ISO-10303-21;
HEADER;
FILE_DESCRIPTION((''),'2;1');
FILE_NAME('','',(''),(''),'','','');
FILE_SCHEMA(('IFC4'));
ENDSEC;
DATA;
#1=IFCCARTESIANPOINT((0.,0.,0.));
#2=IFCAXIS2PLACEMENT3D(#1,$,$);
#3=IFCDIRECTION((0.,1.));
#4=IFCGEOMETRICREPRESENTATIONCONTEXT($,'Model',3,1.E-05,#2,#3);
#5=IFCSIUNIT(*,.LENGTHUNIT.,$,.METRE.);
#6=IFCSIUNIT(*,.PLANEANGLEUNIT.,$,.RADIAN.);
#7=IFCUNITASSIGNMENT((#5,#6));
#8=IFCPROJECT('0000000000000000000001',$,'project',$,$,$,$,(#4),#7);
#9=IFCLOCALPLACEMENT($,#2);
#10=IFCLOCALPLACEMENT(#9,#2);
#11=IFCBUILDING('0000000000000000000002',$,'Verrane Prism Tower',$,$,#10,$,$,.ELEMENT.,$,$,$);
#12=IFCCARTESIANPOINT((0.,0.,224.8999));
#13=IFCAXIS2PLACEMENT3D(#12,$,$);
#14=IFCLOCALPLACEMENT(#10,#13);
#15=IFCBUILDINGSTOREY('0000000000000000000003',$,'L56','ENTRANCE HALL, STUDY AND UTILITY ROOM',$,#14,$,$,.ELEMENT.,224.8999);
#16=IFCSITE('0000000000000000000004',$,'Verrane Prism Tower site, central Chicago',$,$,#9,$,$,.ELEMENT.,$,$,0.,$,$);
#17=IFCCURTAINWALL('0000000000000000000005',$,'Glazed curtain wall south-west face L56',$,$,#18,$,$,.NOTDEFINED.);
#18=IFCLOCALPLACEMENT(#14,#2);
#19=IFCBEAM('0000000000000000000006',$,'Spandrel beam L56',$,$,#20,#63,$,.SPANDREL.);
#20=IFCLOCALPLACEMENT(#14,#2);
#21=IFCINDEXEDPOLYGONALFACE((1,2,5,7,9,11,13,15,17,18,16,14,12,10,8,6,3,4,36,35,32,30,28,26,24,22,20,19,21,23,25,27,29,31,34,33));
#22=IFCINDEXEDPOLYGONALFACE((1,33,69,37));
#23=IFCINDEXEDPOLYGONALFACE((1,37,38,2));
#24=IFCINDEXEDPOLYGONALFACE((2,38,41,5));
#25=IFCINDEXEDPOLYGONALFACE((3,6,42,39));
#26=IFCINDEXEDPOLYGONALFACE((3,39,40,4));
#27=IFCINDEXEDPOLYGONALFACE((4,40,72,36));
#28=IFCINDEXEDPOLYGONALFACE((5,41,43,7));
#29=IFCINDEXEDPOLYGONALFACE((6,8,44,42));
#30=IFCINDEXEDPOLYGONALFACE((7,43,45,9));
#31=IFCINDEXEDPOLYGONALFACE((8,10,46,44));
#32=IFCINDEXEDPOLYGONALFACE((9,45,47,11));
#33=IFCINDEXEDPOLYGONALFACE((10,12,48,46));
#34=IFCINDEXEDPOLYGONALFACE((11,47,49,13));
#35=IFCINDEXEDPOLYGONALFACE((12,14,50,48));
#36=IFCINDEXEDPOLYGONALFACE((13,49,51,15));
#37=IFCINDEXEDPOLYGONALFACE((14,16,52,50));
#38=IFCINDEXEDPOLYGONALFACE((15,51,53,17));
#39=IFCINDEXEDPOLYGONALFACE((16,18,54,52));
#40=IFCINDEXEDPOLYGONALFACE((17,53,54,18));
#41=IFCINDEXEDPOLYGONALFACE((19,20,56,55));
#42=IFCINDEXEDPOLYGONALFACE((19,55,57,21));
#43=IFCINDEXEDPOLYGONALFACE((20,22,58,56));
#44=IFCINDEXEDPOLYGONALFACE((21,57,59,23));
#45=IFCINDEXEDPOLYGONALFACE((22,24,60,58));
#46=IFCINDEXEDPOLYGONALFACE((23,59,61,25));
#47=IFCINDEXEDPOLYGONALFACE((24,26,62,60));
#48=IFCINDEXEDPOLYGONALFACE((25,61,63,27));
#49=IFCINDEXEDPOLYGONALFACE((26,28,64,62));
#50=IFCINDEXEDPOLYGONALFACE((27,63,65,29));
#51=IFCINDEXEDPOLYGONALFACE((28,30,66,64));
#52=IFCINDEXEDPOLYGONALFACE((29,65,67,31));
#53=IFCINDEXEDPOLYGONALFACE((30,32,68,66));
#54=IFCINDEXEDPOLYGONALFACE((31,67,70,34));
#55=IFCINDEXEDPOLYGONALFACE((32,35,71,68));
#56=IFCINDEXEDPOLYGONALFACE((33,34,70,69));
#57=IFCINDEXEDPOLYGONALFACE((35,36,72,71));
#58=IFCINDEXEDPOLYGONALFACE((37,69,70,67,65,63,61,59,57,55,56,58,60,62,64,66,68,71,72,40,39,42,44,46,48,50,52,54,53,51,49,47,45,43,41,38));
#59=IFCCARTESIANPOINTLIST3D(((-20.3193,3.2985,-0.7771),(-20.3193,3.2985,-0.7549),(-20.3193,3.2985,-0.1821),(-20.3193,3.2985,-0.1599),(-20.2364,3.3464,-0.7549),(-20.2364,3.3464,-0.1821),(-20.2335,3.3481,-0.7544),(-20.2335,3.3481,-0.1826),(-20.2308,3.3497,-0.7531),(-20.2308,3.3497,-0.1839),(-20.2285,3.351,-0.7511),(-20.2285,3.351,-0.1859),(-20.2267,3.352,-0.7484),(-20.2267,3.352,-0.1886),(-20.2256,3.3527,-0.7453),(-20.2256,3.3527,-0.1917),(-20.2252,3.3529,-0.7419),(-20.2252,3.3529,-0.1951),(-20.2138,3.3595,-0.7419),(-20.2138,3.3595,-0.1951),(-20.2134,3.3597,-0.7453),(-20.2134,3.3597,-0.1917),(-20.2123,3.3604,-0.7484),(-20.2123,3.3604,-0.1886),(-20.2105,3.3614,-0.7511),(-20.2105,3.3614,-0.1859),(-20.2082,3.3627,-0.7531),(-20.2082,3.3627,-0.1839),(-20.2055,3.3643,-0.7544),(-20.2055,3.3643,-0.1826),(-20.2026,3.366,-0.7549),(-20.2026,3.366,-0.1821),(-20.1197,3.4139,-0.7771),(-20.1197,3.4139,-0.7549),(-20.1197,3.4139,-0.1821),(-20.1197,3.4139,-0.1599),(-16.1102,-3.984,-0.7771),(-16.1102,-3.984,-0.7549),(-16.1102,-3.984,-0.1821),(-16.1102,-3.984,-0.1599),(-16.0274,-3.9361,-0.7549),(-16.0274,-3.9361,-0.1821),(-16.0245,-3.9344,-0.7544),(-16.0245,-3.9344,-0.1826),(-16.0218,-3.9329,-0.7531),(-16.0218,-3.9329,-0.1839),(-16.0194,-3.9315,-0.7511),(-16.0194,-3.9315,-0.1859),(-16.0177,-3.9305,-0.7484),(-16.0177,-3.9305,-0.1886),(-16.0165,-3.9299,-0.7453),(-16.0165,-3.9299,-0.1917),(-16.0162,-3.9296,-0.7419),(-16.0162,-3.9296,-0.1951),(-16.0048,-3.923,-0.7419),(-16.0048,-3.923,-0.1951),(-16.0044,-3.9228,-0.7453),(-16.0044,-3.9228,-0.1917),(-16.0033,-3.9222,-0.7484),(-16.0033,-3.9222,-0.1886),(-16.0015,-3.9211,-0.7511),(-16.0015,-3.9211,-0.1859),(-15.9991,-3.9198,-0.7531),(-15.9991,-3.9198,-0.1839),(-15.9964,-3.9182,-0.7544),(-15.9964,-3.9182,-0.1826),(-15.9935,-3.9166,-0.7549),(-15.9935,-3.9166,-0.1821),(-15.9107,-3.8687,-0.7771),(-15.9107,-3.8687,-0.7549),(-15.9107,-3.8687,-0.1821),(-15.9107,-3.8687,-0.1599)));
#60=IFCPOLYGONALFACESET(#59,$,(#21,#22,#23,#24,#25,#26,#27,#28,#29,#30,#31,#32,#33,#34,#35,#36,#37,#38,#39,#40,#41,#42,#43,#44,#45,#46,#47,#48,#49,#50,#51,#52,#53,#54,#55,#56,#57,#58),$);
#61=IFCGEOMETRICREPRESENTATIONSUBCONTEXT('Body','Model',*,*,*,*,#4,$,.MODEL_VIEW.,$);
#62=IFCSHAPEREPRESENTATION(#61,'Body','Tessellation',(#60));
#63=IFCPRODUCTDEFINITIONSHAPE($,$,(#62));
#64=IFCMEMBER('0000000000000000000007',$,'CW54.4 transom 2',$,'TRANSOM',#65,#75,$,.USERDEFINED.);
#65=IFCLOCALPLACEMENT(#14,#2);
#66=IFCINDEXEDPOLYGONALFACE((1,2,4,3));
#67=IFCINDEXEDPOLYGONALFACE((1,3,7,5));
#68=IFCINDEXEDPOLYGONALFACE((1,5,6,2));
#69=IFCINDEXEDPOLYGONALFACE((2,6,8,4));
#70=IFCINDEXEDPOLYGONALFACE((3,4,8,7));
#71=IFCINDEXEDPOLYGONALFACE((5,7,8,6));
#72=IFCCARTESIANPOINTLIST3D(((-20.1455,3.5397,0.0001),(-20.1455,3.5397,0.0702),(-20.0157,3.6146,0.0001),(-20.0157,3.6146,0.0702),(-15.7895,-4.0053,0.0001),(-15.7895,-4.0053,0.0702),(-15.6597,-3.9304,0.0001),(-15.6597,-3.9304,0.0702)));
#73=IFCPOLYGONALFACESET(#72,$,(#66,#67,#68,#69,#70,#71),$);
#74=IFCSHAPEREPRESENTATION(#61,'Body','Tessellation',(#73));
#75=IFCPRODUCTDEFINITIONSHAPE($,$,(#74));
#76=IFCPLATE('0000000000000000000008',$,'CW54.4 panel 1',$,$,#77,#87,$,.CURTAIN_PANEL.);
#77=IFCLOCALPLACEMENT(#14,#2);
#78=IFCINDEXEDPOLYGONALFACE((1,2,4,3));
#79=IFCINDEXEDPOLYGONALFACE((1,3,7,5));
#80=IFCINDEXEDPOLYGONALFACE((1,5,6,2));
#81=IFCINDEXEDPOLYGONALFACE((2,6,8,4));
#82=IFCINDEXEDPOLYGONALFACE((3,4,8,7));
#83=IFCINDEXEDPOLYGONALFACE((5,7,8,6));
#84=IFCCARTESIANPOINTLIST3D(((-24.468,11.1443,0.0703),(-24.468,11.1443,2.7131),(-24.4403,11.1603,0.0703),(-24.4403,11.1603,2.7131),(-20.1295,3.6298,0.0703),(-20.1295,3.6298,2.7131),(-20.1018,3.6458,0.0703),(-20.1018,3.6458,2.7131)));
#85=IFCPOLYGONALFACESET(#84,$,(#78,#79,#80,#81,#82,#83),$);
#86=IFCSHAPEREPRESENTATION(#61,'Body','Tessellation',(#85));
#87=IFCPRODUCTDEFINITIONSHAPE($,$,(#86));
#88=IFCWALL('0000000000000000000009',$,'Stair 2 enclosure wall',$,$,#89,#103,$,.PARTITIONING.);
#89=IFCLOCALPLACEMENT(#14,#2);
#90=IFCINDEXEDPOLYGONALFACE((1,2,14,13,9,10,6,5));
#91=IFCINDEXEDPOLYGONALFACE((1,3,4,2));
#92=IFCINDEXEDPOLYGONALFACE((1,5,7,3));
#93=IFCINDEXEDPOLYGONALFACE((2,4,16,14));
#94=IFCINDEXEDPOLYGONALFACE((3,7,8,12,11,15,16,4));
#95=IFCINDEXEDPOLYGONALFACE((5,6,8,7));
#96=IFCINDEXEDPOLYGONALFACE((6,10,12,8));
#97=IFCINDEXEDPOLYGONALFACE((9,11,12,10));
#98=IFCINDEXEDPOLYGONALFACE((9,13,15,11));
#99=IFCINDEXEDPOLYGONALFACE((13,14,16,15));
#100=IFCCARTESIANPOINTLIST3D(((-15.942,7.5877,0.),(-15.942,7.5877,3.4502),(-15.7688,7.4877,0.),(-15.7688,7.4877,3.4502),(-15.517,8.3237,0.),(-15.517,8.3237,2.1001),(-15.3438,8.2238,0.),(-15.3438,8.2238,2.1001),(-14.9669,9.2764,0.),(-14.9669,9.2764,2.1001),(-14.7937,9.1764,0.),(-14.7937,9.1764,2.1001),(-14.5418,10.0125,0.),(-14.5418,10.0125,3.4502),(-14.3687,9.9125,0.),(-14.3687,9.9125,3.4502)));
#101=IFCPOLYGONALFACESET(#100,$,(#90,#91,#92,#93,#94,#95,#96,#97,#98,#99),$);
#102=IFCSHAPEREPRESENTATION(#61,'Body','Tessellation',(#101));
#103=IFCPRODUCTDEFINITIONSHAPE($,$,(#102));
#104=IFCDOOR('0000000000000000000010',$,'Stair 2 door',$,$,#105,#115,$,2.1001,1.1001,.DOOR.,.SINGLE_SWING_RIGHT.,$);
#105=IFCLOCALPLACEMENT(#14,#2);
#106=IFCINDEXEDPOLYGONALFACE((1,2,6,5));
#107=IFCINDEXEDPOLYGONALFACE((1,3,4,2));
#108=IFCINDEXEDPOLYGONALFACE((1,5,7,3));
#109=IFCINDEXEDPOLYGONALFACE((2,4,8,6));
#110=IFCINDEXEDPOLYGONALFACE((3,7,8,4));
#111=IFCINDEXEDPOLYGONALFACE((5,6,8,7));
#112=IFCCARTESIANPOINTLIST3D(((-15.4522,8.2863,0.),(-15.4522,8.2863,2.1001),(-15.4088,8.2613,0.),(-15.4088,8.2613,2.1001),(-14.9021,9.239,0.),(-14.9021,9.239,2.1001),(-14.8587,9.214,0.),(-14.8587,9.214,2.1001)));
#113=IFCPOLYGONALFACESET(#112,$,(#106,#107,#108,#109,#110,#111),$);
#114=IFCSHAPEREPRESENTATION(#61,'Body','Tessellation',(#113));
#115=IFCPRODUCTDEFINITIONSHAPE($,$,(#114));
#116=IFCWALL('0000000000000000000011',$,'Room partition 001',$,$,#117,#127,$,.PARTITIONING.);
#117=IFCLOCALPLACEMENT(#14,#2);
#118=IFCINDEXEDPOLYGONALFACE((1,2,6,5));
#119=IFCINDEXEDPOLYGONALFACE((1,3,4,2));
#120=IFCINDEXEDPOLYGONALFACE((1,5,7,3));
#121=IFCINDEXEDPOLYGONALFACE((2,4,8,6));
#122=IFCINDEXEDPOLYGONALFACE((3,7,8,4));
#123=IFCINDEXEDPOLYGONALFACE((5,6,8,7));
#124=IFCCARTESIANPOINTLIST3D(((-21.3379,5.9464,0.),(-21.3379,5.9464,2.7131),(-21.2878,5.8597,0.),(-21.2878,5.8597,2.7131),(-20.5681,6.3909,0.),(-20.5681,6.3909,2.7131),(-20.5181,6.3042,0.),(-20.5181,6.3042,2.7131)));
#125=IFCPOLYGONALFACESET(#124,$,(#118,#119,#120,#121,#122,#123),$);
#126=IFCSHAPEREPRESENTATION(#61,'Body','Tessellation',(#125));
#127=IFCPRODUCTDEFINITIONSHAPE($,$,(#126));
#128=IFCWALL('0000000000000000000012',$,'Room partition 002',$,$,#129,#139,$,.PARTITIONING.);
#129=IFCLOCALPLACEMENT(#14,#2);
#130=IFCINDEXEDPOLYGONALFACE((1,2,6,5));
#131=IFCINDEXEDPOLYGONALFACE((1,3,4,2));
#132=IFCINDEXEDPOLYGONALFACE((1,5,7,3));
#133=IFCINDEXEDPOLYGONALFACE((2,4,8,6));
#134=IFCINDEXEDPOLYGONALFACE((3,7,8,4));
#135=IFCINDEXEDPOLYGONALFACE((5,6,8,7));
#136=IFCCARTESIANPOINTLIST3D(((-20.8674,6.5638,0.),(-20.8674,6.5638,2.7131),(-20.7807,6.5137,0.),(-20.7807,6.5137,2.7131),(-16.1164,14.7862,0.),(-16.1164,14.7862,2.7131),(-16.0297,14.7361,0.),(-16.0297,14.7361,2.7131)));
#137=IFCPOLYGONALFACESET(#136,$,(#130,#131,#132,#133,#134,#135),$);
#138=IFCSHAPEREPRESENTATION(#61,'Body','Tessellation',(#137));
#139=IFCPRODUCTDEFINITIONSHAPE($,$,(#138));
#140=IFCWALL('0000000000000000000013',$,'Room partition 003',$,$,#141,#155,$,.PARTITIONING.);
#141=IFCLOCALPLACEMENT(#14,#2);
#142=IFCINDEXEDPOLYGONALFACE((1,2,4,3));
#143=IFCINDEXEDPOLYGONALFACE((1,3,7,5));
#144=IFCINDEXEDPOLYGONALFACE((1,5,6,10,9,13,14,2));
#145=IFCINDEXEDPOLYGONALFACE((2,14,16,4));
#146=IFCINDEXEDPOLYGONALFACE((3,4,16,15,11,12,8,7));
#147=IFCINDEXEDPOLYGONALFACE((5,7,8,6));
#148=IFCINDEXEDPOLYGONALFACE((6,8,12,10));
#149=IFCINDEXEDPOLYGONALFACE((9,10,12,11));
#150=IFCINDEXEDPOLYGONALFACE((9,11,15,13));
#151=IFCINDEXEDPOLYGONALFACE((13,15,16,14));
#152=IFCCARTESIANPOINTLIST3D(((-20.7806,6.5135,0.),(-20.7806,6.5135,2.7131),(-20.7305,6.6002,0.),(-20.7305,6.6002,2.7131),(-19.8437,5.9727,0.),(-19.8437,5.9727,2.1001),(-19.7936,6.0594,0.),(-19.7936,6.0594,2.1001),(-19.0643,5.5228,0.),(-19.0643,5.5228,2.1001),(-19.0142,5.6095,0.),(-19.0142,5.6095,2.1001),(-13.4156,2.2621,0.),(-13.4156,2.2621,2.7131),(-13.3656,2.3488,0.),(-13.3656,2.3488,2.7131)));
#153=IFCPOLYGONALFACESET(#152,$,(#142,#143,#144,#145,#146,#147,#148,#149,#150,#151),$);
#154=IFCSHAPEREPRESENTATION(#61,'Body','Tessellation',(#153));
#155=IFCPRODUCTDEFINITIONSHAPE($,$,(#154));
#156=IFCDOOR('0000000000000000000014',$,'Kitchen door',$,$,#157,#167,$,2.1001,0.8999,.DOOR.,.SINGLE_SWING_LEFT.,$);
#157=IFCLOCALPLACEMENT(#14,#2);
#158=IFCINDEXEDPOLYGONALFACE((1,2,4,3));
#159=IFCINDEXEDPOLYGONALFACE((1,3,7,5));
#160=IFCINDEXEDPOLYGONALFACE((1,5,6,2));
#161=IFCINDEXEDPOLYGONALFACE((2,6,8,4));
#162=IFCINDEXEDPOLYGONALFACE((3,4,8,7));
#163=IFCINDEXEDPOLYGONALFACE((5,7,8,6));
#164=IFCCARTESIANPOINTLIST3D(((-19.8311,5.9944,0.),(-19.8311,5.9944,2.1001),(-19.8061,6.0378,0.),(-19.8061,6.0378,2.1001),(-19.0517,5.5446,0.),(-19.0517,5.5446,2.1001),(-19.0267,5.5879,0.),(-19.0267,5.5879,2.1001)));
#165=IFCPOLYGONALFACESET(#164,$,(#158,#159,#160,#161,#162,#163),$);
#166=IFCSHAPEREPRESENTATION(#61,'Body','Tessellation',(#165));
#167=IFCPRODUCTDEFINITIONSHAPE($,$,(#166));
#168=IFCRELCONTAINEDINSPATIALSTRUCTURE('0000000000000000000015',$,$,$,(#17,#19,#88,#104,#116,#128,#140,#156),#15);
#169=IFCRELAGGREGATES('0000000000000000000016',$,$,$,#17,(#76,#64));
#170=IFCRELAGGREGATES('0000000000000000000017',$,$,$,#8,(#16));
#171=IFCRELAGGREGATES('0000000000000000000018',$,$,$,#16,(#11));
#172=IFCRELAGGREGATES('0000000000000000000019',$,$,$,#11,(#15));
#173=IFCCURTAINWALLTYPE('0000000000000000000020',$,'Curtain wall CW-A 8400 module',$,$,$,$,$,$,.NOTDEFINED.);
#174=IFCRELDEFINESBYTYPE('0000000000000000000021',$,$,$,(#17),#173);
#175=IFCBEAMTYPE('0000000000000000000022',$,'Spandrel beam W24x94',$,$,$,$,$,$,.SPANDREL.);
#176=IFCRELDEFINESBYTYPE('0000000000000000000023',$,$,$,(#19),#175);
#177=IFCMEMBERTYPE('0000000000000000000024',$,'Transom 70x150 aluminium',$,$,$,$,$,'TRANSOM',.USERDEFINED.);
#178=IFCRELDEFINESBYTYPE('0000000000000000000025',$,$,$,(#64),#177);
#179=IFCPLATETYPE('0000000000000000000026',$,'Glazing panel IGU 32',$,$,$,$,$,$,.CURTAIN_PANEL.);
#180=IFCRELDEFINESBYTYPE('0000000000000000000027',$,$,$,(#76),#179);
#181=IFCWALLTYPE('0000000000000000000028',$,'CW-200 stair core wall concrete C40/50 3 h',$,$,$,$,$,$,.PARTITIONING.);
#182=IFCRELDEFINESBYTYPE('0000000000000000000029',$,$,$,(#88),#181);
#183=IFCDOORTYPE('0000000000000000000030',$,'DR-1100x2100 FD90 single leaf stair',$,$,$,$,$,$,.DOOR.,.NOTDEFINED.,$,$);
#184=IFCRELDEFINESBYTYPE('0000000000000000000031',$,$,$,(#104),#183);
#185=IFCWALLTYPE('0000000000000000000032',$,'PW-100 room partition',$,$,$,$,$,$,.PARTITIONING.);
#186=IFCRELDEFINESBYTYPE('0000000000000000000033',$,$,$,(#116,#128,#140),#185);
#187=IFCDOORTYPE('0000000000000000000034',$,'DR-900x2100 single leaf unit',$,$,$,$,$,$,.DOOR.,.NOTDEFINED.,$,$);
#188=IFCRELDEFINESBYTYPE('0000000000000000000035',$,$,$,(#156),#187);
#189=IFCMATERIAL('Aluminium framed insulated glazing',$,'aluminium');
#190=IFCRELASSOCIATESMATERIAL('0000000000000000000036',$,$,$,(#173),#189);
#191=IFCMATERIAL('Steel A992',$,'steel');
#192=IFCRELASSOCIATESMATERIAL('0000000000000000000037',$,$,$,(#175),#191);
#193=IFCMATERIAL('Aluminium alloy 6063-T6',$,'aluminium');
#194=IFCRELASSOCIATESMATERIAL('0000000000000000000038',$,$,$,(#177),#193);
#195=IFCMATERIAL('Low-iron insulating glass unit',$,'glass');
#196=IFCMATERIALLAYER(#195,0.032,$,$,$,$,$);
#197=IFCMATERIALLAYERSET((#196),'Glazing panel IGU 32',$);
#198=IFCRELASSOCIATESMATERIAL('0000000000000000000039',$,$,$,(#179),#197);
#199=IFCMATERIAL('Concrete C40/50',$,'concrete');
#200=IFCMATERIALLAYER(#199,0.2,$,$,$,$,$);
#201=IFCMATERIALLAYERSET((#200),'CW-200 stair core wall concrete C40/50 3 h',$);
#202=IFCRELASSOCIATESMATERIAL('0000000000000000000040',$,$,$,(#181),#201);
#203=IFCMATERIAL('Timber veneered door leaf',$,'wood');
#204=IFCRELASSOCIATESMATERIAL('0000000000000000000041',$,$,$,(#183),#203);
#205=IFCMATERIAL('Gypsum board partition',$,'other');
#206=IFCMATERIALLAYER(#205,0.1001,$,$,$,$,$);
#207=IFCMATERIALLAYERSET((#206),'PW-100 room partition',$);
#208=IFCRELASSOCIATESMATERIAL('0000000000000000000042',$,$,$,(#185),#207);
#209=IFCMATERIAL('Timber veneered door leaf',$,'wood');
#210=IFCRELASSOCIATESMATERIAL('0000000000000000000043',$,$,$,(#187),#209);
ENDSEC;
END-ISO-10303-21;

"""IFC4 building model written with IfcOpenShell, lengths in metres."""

from ifc_helpers import new_model, si_unit, direction, frame, frame_2d, origin, origin_2d, place, context, subcontext, project, spatial, rectangle, i_section, extrude, material, layer, layer_set, material_profile, profile_set, type_object, element, fill, aggregate, save


model = new_model("IFC4")

# Units and contexts
model_context = context("Model", 3, precision=1e-05, world=origin(), true_north=direction((0.0, 1.0)))
body_context = subcontext(model_context, "Body", "Model", "MODEL_VIEW")
ifc_project = project(units=[si_unit("LENGTHUNIT", "METRE"), si_unit("PLANEANGLEUNIT", "RADIAN")], contexts=[model_context])

# Site, building, storey
site_placement = place(None, origin())
site = spatial("IfcSite", under=ifc_project, at=site_placement, Name="Verrane Prism Tower site, central Chicago", CompositionType="ELEMENT", RefElevation=0.0)
building_placement = place(site_placement, origin())
building = spatial("IfcBuilding", under=site, at=building_placement, Name="Verrane Prism Tower", CompositionType="ELEMENT")
storey_placement = place(building_placement, frame((0.0, 0.0, 224.8999)))
storey = spatial("IfcBuildingStorey", under=building, at=storey_placement, Name="L56", Description="ENTRANCE HALL, STUDY AND UTILITY ROOM", CompositionType="ELEMENT", Elevation=224.8999)

# Curtain wall
ifc_material_1 = material(Name="Aluminium framed insulated glazing", Category="aluminium")
curtain_wall_type = type_object("IfcCurtainWallType", Name="Curtain wall CW-A 8400 module", PredefinedType="NOTDEFINED", material=ifc_material_1)
curtain_wall_placement = place(storey_placement, origin())
curtain_wall = element("IfcCurtainWall", 1, at=curtain_wall_placement, inside=storey, type_object=curtain_wall_type, Name="Glazed curtain wall south-west face L56", PredefinedType="NOTDEFINED")

# Beam
ifc_material_2 = material(Name="Steel A992", Category="steel")
ifc_material_profile_1 = material_profile(ifc_material_2, i_section(OverallWidth=0.2305, OverallDepth=0.6172, WebThickness=0.0132, FlangeThickness=0.0222, FilletRadius=0.0129, at=origin_2d()), Name="W24x94")
ifc_profile_set_1 = profile_set([ifc_material_profile_1], Name="Steel A992")
beam_type_1 = type_object("IfcBeamType", Name="Spandrel beam W24x94", PredefinedType="SPANDREL", material=ifc_profile_set_1)
beam_1_placement = place(storey_placement, frame((-20.2195, 3.3562, -0.4685), z_axis=(0.500397, -0.865796, 0.0), x_axis=(0.865796, 0.500397, 0.0)))
element("IfcBeam", 2, at=beam_1_placement, inside=storey, type_object=beam_type_1, Name="Spandrel beam L56", PredefinedType="SPANDREL", context=body_context, shape_type="SweptSolid", body=[
    extrude(i_section(OverallWidth=0.2305, OverallDepth=0.6172, WebThickness=0.0132, FlangeThickness=0.0222, FilletRadius=0.0129, at=origin_2d()), origin(), (0.0, 0.0, 1.0), 8.4114),
])

# Member
ifc_material_3 = material(Name="Aluminium alloy 6063-T6", Category="aluminium")
ifc_material_profile_2 = material_profile(ifc_material_3, rectangle(XDim=0.1499, YDim=0.0701, at=origin_2d()), Name="Transom 70x150 aluminium")
ifc_profile_set_2 = profile_set([ifc_material_profile_2], Name="Aluminium alloy 6063-T6")
member_type_1 = type_object("IfcMemberType", Name="Transom 70x150 aluminium", ElementType="TRANSOM", PredefinedType="USERDEFINED", material=ifc_profile_set_2)
member_1_placement = place(storey_placement, frame((-20.0806, 3.5771, 0.0352), z_axis=(0.499991, -0.866031, 0.0), x_axis=(0.866031, 0.499991, 0.0)))
member_1 = element("IfcMember", 3, at=member_1_placement, type_object=member_type_1, Name="CW54.4 transom 2", ObjectType="TRANSOM", PredefinedType="USERDEFINED", context=body_context, shape_type="SweptSolid", body=[
    extrude(rectangle(XDim=0.1499, YDim=0.0701, at=origin_2d()), origin(), (0.0, 0.0, 1.0), 8.7122),
])

# Plate
ifc_material_4 = material(Name="Low-iron insulating glass unit", Category="glass")
ifc_layer_1 = layer(ifc_material_4, 0.032)
ifc_layer_set_1 = layer_set([ifc_layer_1], Name="Glazing panel IGU 32")
plate_type = type_object("IfcPlateType", Name="Glazing panel IGU 32", PredefinedType="CURTAIN_PANEL", material=ifc_layer_set_1)
plate_placement = place(storey_placement, frame((-22.2849, 7.395, 0.0703), z_axis=(0.0, 0.0, 1.0), x_axis=(0.500001, -0.866025, 0.0)))
plate = element("IfcPlate", 4, at=plate_placement, type_object=plate_type, Name="CW54.4 panel 1", PredefinedType="CURTAIN_PANEL", context=body_context, shape_type="SweptSolid", body=[
    extrude(rectangle(XDim=8.677, YDim=0.032, at=origin_2d()), origin(), (0.0, 0.0, 1.0), 2.6428),
])
aggregate(curtain_wall, [plate, member_1])

# Wall, opening, door
ifc_material_5 = material(Name="Concrete C40/50", Category="concrete")
ifc_layer_2 = layer(ifc_material_5, 0.2)
ifc_layer_set_2 = layer_set([ifc_layer_2], Name="CW-200 stair core wall concrete C40/50 3 h")
wall_type_1 = type_object("IfcWallType", Name="CW-200 stair core wall concrete C40/50 3 h", PredefinedType="PARTITIONING", material=ifc_layer_set_2)
wall_1_placement = place(storey_placement, frame((-14.4553, 9.9624, 0.0), z_axis=(0.0, 0.0, 1.0), x_axis=(-0.50005, -0.865997, 0.0)))
wall_1 = element("IfcWall", 5, at=wall_1_placement, inside=storey, type_object=wall_type_1, Name="Stair 2 enclosure wall", PredefinedType="PARTITIONING", context=body_context, shape_type="SweptSolid", body=[
    extrude(rectangle(XDim=2.8, YDim=0.2, at=frame_2d((1.3999, 0.0))), origin(), (0.0, 0.0, 1.0), 3.4502),
])
opening_1_placement = place(wall_1_placement, frame((0.8499, 0.0, 0.0)))
opening_1 = element("IfcOpeningElement", 6, at=opening_1_placement, cuts=wall_1, PredefinedType="OPENING", context=body_context, shape_type="SweptSolid", body=[
    extrude(rectangle(XDim=1.1001, YDim=2.1001, at=frame_2d((0.55, 1.05))), frame((0.0, 0.1099, 0.0), z_axis=(0.0, -1.0, 0.0), x_axis=(1.0, 0.0, 0.0)), (0.0, 0.0, 1.0), 0.22),
])
ifc_material_6 = material(Name="Timber veneered door leaf", Category="wood")
door_type_1 = type_object("IfcDoorType", Name="DR-1100x2100 FD90 single leaf stair", OperationType="NOTDEFINED", PredefinedType="DOOR", material=ifc_material_6)
door_1_placement = place(opening_1_placement, origin())
door_1 = element("IfcDoor", 7, at=door_1_placement, inside=storey, type_object=door_type_1, Name="Stair 2 door", OperationType="SINGLE_SWING_RIGHT", OverallHeight=2.1001, OverallWidth=1.1001, PredefinedType="DOOR", context=body_context, shape_type="SweptSolid", body=[
    extrude(rectangle(XDim=1.1001, YDim=2.1001, at=frame_2d((0.55, 1.05))), frame((0.0, 0.0249, 0.0), z_axis=(0.0, -1.0, 0.0), x_axis=(1.0, 0.0, 0.0)), (0.0, 0.0, 1.0), 0.05),
])
fill(opening_1, door_1)

# Walls
ifc_material_7 = material(Name="Gypsum board partition", Category="other")
ifc_layer_3 = layer(ifc_material_7, 0.1001)
ifc_layer_set_3 = layer_set([ifc_layer_3], Name="PW-100 room partition")
wall_type_2 = type_object("IfcWallType", Name="PW-100 room partition", PredefinedType="PARTITIONING", material=ifc_layer_set_3)
wall_2_placement = place(storey_placement, frame((-21.3127, 5.9031, 0.0), z_axis=(0.0, 0.0, 1.0), x_axis=(0.865952, 0.500127, 0.0)))
element("IfcWall", 8, at=wall_2_placement, inside=storey, type_object=wall_type_2, Name="Room partition 001", PredefinedType="PARTITIONING", context=body_context, shape_type="SweptSolid", body=[
    extrude(rectangle(XDim=0.8889, YDim=0.1001, at=frame_2d((0.4443, 0.0))), origin(), (0.0, 0.0, 1.0), 2.7131),
])
wall_3_placement = place(storey_placement, frame((-20.824, 6.5388, 0.0), z_axis=(0.0, 0.0, 1.0), x_axis=(0.500297, 0.865854, 0.0)))
element("IfcWall", 9, at=wall_3_placement, inside=storey, type_object=wall_type_2, Name="Room partition 002", PredefinedType="PARTITIONING", context=body_context, shape_type="SweptSolid", body=[
    extrude(rectangle(XDim=9.4963, YDim=0.1001, at=frame_2d((4.748, 0.0))), origin(), (0.0, 0.0, 1.0), 2.7131),
])

# Wall, opening, door
wall_4_placement = place(storey_placement, frame((-13.3906, 2.3054, 0.0), z_axis=(0.0, 0.0, 1.0), x_axis=(-0.866062, 0.499937, 0.0)))
wall_4 = element("IfcWall", 10, at=wall_4_placement, inside=storey, type_object=wall_type_2, Name="Room partition 003", PredefinedType="PARTITIONING", context=body_context, shape_type="SweptSolid", body=[
    extrude(rectangle(XDim=8.5039, YDim=0.1001, at=frame_2d((4.252, 0.0))), origin(), (0.0, 0.0, 1.0), 2.7131),
])
opening_2_placement = place(wall_4_placement, frame((6.5222, 0.0, 0.0)))
opening_2 = element("IfcOpeningElement", 11, at=opening_2_placement, cuts=wall_4, PredefinedType="OPENING", context=body_context, shape_type="SweptSolid", body=[
    extrude(rectangle(XDim=0.8999, YDim=2.1001, at=frame_2d((0.45, 1.05))), frame((0.0, 0.0601, 0.0), z_axis=(0.0, -1.0, 0.0), x_axis=(1.0, 0.0, 0.0)), (0.0, 0.0, 1.0), 0.1201),
])
ifc_material_8 = material(Name="Timber veneered door leaf", Category="wood")
door_type_2 = type_object("IfcDoorType", Name="DR-900x2100 single leaf unit", OperationType="NOTDEFINED", PredefinedType="DOOR", material=ifc_material_8)
door_2_placement = place(opening_2_placement, origin())
door_2 = element("IfcDoor", 12, at=door_2_placement, inside=storey, type_object=door_type_2, Name="Kitchen door", OperationType="SINGLE_SWING_LEFT", OverallHeight=2.1001, OverallWidth=0.8999, PredefinedType="DOOR", context=body_context, shape_type="SweptSolid", body=[
    extrude(rectangle(XDim=0.8999, YDim=2.1001, at=frame_2d((0.45, 1.05))), frame((0.0, 0.0249, 0.0), z_axis=(0.0, -1.0, 0.0), x_axis=(1.0, 0.0, 0.0)), (0.0, 0.0, 1.0), 0.05),
])
fill(opening_2, door_2)

save(model, "model.ifc")
